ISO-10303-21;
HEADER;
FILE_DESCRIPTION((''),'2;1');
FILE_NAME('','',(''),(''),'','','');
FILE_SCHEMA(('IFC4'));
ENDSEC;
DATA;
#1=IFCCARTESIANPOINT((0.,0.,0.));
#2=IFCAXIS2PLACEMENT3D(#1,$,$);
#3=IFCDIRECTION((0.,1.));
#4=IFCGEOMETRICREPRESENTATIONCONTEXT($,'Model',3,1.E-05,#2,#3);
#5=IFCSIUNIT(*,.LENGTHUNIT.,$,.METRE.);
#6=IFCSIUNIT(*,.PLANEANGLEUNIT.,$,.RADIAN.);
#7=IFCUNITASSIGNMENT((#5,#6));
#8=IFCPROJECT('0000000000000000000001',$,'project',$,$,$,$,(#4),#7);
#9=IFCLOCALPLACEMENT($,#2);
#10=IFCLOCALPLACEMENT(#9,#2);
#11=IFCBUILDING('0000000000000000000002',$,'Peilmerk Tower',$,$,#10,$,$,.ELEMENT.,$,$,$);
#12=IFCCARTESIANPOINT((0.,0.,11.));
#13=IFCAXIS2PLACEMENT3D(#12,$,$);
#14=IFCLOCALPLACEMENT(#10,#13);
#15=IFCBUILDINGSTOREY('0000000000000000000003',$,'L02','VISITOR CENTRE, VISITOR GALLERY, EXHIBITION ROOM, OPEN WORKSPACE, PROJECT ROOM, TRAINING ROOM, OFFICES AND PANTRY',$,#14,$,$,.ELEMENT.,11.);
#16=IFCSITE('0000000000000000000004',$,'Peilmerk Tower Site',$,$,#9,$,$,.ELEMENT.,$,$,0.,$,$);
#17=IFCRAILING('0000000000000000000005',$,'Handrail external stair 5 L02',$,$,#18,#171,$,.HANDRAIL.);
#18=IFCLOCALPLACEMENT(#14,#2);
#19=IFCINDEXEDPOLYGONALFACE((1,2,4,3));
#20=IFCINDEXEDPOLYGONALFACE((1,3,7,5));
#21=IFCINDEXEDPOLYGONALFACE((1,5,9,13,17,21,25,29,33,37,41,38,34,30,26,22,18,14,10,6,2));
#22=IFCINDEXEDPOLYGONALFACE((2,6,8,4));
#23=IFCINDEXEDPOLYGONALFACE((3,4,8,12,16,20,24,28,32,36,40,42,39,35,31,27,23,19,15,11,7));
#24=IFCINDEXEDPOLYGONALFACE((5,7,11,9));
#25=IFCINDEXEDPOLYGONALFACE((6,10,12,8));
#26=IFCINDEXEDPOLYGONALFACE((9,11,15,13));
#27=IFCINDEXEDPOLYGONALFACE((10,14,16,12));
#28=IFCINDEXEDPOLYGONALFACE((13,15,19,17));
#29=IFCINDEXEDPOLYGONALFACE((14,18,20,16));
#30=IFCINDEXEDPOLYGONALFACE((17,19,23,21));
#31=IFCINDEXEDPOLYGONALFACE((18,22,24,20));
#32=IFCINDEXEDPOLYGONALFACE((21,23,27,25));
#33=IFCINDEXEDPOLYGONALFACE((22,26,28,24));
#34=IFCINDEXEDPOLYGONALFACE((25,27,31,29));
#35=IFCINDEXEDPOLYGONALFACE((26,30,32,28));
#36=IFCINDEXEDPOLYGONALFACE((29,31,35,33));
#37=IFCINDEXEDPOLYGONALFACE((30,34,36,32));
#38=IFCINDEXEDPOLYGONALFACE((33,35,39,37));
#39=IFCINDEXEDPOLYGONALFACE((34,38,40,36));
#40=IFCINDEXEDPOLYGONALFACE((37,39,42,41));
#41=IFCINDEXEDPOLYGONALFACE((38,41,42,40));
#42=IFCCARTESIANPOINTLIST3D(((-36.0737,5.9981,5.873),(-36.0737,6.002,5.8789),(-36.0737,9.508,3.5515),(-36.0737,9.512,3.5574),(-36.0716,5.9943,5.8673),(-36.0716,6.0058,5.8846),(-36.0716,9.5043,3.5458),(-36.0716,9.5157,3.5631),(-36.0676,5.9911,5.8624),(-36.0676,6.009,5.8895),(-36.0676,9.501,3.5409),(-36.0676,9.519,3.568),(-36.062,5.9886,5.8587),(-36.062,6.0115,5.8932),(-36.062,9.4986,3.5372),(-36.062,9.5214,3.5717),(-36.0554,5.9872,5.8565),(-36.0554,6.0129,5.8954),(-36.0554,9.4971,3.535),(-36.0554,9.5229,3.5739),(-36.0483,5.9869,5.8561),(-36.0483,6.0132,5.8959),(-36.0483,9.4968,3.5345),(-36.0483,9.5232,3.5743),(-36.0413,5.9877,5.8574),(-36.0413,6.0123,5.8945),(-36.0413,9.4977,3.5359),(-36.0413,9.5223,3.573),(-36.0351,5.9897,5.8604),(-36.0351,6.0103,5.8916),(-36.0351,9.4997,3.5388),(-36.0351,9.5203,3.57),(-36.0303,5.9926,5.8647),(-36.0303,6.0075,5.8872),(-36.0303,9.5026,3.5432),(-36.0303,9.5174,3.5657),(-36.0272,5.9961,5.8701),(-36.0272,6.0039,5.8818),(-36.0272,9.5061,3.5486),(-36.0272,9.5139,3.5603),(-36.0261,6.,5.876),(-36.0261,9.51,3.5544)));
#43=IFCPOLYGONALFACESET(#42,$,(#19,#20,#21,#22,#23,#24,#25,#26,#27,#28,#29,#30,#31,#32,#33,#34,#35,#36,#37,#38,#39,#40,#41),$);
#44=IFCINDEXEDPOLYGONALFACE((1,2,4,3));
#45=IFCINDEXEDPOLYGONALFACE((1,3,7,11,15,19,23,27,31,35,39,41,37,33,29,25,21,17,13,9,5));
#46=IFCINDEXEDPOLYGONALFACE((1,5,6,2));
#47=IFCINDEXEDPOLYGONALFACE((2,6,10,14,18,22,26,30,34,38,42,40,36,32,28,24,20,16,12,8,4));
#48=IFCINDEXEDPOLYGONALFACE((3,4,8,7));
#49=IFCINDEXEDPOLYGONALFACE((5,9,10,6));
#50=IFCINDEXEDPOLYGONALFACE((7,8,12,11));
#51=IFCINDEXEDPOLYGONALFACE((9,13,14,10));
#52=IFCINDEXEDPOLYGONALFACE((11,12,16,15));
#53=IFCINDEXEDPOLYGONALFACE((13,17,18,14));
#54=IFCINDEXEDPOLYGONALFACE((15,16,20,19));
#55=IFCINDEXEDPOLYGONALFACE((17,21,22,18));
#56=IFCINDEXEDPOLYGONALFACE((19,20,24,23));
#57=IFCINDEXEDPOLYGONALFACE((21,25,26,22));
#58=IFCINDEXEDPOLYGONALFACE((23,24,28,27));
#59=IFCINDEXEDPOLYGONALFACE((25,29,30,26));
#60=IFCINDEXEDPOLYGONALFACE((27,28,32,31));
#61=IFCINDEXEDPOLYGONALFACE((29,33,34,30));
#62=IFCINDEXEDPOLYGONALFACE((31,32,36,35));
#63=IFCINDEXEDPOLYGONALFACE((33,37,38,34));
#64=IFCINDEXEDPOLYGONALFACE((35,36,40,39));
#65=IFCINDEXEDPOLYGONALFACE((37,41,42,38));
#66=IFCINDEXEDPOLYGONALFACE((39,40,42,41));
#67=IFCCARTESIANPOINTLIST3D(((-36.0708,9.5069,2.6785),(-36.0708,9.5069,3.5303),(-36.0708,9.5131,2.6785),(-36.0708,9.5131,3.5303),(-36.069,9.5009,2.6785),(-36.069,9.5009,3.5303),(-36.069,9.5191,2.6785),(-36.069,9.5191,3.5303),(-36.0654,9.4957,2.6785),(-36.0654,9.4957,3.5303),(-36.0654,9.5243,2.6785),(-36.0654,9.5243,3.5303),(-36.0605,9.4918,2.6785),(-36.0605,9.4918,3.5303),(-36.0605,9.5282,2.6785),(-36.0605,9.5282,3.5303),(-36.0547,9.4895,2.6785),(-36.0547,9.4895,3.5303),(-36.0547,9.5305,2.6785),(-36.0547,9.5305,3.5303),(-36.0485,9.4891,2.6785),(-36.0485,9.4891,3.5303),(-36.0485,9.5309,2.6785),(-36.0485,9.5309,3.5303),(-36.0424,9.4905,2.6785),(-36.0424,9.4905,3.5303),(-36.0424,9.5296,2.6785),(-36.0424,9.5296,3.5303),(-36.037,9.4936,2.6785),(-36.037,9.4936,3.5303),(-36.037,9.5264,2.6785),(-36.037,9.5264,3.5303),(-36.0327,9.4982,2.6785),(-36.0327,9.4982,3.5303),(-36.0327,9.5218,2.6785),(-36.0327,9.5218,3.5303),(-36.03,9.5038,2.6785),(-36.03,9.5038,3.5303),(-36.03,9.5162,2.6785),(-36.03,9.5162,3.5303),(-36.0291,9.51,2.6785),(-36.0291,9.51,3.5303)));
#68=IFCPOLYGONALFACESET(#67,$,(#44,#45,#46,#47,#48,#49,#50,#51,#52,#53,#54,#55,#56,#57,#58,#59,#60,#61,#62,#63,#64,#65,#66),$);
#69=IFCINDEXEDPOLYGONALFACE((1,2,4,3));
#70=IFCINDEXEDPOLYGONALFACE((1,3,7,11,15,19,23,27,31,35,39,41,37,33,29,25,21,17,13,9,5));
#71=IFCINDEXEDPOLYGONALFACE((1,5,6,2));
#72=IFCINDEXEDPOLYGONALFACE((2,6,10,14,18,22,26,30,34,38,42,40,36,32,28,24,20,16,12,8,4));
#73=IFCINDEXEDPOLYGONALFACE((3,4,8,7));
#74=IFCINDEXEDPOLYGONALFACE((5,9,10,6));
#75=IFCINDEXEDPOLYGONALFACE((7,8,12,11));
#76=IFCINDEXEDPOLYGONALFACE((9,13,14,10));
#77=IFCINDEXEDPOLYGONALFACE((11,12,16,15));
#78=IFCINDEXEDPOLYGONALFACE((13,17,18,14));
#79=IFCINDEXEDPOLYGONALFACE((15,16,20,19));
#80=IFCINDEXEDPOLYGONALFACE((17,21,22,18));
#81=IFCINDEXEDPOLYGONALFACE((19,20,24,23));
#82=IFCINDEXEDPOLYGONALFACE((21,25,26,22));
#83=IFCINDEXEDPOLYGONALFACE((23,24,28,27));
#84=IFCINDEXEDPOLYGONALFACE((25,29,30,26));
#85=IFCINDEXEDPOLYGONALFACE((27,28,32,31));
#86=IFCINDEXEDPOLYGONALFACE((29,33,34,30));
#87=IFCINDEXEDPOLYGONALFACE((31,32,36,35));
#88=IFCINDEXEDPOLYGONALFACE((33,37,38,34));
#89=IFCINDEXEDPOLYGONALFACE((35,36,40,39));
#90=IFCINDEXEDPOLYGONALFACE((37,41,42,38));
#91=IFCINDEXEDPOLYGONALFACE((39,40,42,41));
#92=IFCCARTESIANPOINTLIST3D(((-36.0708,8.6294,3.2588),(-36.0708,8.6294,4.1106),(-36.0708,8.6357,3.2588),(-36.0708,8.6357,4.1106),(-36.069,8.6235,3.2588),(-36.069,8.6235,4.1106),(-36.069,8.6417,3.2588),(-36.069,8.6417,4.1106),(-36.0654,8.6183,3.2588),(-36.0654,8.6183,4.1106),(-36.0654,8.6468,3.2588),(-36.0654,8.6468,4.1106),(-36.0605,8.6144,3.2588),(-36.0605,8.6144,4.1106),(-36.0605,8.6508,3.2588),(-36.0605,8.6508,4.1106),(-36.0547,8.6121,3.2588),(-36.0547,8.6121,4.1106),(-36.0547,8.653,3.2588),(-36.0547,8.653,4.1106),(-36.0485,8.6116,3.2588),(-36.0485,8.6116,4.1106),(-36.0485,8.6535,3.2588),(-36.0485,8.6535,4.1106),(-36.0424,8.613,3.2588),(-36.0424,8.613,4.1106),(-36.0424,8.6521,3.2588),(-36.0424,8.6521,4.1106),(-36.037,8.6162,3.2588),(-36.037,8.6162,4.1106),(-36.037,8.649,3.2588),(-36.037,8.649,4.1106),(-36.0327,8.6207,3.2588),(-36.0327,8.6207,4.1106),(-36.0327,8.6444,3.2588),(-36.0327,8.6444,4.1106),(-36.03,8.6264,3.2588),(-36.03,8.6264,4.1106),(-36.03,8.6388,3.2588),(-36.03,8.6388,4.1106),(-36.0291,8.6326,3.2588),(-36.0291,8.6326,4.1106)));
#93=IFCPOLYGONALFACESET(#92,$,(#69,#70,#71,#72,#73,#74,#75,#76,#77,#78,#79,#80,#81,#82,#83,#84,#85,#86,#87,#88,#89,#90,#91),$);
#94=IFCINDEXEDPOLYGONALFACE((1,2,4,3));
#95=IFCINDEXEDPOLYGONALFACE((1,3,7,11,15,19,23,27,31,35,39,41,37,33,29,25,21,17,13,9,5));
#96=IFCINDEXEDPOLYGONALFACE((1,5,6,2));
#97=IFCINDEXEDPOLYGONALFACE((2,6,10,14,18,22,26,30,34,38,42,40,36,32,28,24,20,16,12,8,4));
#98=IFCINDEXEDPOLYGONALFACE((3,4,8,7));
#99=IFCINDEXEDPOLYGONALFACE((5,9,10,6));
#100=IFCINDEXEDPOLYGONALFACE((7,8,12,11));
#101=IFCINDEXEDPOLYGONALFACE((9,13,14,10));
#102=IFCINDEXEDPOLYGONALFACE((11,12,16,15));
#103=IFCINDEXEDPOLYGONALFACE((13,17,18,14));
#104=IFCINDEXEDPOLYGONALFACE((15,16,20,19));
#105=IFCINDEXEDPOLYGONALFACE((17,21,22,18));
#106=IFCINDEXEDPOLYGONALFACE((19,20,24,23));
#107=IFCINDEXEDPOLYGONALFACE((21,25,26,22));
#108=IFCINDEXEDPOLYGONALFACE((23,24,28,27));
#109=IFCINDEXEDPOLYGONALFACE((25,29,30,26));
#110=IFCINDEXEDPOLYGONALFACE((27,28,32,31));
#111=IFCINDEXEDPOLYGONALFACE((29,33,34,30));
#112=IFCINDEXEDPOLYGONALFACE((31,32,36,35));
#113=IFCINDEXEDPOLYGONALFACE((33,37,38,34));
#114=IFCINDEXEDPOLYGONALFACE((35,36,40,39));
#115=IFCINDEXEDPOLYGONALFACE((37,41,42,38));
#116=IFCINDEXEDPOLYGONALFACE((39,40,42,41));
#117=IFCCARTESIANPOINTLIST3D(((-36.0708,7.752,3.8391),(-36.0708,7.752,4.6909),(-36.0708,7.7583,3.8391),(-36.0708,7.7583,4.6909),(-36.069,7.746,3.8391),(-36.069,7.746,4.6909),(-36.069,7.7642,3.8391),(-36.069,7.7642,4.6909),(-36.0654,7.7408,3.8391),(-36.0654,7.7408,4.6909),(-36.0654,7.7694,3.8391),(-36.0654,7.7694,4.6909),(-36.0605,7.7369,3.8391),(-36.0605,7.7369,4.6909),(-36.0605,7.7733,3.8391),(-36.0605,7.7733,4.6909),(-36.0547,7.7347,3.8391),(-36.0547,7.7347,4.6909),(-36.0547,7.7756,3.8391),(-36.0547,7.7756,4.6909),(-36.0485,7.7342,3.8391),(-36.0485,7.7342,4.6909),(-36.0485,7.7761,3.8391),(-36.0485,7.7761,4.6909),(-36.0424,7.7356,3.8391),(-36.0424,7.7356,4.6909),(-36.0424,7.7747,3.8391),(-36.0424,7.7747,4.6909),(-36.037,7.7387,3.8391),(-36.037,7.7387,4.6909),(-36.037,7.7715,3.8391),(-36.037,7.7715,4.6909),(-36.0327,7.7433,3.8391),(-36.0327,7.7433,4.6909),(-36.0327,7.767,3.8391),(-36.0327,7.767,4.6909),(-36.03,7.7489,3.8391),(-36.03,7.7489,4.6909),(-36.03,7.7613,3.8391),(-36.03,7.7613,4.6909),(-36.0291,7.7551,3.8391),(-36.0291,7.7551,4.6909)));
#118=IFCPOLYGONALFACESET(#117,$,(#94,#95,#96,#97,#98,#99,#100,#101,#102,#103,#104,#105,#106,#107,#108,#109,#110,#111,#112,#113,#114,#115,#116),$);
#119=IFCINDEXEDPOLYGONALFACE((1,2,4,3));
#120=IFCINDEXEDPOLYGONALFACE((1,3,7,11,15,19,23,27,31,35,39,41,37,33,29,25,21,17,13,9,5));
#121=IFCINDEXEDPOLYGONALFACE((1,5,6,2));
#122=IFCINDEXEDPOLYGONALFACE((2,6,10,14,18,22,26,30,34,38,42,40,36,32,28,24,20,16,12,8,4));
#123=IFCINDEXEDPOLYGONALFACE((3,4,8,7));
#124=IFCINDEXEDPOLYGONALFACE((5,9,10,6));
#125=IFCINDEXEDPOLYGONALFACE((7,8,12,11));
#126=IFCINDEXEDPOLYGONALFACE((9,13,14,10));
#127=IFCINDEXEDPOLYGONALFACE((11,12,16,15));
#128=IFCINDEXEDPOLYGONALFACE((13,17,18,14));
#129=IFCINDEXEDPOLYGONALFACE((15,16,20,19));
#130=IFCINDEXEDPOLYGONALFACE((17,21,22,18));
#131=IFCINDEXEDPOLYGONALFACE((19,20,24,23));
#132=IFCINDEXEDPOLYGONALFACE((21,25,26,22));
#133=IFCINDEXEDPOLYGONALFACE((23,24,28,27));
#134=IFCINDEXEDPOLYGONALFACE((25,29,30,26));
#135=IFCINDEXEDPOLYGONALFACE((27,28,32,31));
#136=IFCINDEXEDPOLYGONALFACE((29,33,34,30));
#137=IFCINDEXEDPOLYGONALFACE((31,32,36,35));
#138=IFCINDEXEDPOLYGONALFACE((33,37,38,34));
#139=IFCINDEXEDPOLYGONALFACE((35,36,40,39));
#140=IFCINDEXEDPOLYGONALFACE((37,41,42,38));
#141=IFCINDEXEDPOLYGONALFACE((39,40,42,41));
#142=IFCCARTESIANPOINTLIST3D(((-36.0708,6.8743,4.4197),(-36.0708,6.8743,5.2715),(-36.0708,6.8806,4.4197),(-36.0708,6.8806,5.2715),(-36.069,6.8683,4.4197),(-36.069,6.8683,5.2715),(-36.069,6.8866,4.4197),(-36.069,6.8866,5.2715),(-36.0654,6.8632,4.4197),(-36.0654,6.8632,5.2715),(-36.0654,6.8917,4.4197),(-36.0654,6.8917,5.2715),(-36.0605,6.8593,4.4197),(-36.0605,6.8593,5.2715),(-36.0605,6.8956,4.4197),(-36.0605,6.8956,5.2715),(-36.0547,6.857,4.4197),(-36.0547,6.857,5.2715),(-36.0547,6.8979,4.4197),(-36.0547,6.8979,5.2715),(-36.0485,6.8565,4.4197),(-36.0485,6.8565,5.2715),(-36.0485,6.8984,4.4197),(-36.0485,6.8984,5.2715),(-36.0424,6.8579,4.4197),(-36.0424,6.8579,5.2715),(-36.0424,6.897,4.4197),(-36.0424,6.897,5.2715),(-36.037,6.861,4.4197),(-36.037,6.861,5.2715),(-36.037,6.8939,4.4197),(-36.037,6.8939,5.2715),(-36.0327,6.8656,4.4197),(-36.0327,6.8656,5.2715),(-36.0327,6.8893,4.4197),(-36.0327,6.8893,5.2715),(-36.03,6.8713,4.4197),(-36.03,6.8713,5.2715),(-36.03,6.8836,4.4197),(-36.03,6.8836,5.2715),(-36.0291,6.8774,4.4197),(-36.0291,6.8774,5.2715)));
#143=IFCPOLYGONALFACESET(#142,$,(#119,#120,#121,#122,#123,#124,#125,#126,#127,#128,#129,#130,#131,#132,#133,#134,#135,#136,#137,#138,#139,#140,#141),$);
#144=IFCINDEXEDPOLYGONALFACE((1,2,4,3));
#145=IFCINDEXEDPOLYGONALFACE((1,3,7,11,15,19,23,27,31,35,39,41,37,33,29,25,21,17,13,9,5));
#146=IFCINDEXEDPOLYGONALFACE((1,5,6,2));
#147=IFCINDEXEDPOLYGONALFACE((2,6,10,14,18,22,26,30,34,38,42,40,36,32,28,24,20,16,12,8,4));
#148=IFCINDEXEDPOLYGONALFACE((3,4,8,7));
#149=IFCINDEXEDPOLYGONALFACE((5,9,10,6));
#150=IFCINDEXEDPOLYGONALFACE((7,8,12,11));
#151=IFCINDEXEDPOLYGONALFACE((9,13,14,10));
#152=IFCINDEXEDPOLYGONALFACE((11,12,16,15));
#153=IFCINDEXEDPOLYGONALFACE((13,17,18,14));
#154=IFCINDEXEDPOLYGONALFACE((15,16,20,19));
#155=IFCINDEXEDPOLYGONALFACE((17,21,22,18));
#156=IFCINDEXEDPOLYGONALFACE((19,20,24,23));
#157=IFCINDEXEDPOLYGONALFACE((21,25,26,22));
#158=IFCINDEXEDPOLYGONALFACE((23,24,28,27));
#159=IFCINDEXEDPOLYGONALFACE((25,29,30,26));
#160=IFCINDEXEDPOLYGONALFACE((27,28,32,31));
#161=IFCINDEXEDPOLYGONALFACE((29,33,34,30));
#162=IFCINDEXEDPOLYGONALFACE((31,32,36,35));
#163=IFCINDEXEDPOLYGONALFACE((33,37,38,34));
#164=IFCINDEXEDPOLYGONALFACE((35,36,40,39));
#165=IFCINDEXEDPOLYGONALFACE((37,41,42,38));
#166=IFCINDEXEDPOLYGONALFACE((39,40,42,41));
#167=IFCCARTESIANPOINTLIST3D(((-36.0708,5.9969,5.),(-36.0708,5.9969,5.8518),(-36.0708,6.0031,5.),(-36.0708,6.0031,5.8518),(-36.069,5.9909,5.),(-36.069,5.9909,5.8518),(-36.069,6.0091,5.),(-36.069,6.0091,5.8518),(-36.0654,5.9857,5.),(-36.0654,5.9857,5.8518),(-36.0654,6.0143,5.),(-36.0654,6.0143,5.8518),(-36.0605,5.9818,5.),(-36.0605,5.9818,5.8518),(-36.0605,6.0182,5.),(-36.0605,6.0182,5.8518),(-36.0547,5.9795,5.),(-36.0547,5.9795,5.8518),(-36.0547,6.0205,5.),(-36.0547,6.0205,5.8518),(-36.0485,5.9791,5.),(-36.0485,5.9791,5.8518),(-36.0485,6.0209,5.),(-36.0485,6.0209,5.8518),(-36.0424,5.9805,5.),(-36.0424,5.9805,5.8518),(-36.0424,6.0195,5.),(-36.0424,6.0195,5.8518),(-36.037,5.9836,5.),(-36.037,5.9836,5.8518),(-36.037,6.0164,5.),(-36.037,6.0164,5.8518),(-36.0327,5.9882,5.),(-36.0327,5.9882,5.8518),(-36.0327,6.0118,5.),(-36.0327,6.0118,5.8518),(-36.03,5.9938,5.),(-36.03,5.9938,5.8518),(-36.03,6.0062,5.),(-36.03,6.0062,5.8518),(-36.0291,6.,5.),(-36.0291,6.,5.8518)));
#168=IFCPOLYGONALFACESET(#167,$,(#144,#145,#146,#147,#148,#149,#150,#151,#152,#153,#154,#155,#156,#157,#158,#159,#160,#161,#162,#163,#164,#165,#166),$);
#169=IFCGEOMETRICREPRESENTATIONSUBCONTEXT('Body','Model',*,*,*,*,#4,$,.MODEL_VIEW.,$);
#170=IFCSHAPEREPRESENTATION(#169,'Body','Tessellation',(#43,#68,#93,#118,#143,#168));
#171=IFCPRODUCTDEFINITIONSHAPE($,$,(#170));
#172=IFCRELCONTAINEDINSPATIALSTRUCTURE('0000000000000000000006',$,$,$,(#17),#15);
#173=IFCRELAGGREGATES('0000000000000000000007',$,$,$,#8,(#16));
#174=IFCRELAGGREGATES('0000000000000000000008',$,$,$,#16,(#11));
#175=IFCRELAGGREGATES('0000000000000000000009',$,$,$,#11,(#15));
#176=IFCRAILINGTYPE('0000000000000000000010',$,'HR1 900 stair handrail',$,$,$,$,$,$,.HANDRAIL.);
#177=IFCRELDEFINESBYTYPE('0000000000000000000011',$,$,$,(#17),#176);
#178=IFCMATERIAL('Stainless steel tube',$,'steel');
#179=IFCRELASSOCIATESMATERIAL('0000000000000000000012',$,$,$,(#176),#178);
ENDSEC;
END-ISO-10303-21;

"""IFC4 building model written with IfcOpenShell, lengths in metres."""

from ifc_helpers import new_model, si_unit, direction, frame, origin, origin_2d, place, context, subcontext, project, spatial, circle, extrude, material, type_object, element, save


model = new_model("IFC4")

# Units and contexts
model_context = context("Model", 3, precision=1e-05, world=origin(), true_north=direction((0.0, 1.0)))
body_context = subcontext(model_context, "Body", "Model", "MODEL_VIEW")
ifc_project = project(units=[si_unit("LENGTHUNIT", "METRE"), si_unit("PLANEANGLEUNIT", "RADIAN")], contexts=[model_context])

# Site, building, storey
site_placement = place(None, origin())
site = spatial("IfcSite", under=ifc_project, at=site_placement, Name="Peilmerk Tower Site", CompositionType="ELEMENT", RefElevation=0.0)
building_placement = place(site_placement, origin())
building = spatial("IfcBuilding", under=site, at=building_placement, Name="Peilmerk Tower", CompositionType="ELEMENT")
storey_placement = place(building_placement, frame((0.0, 0.0, 11.0)))
storey = spatial("IfcBuildingStorey", under=building, at=storey_placement, Name="L02", Description="VISITOR CENTRE, VISITOR GALLERY, EXHIBITION ROOM, OPEN WORKSPACE, PROJECT ROOM, TRAINING ROOM, OFFICES AND PANTRY", CompositionType="ELEMENT", Elevation=11.0)

# Railing
ifc_material_1 = material(Name="Stainless steel tube", Category="steel")
railing_type_1 = type_object("IfcRailingType", Name="HR1 900 stair handrail", PredefinedType="HANDRAIL", material=ifc_material_1)
railing_1_placement = place(storey_placement, frame((-36.05, 9.51, 2.6785)))
element("IfcRailing", 1, at=railing_1_placement, inside=storey, type_object=railing_type_1, Name="Handrail external stair 5 L02", PredefinedType="HANDRAIL", context=body_context, shape_type="SweptSolid", body=[
    extrude(circle(Radius=0.0239, at=origin_2d()), frame((0.0, 0.0, 0.876), z_axis=(0.0, -0.834071, 0.551657), x_axis=(1.0, 0.0, 0.0)), (0.0, 0.0, 1.0), 4.2083),
    extrude(circle(Radius=0.021, at=origin_2d()), origin(), (0.0, 0.0, 1.0), 0.8518),
    extrude(circle(Radius=0.021, at=origin_2d()), frame((0.0, -0.8774, 0.5803)), (0.0, 0.0, 1.0), 0.8518),
    extrude(circle(Radius=0.021, at=origin_2d()), frame((0.0, -1.7549, 1.1606)), (0.0, 0.0, 1.0), 0.8518),
    extrude(circle(Radius=0.021, at=origin_2d()), frame((0.0, -2.6326, 1.7412)), (0.0, 0.0, 1.0), 0.8518),
    extrude(circle(Radius=0.021, at=origin_2d()), frame((0.0, -3.51, 2.3215)), (0.0, 0.0, 1.0), 0.8518),
])

save(model, "model.ifc")
